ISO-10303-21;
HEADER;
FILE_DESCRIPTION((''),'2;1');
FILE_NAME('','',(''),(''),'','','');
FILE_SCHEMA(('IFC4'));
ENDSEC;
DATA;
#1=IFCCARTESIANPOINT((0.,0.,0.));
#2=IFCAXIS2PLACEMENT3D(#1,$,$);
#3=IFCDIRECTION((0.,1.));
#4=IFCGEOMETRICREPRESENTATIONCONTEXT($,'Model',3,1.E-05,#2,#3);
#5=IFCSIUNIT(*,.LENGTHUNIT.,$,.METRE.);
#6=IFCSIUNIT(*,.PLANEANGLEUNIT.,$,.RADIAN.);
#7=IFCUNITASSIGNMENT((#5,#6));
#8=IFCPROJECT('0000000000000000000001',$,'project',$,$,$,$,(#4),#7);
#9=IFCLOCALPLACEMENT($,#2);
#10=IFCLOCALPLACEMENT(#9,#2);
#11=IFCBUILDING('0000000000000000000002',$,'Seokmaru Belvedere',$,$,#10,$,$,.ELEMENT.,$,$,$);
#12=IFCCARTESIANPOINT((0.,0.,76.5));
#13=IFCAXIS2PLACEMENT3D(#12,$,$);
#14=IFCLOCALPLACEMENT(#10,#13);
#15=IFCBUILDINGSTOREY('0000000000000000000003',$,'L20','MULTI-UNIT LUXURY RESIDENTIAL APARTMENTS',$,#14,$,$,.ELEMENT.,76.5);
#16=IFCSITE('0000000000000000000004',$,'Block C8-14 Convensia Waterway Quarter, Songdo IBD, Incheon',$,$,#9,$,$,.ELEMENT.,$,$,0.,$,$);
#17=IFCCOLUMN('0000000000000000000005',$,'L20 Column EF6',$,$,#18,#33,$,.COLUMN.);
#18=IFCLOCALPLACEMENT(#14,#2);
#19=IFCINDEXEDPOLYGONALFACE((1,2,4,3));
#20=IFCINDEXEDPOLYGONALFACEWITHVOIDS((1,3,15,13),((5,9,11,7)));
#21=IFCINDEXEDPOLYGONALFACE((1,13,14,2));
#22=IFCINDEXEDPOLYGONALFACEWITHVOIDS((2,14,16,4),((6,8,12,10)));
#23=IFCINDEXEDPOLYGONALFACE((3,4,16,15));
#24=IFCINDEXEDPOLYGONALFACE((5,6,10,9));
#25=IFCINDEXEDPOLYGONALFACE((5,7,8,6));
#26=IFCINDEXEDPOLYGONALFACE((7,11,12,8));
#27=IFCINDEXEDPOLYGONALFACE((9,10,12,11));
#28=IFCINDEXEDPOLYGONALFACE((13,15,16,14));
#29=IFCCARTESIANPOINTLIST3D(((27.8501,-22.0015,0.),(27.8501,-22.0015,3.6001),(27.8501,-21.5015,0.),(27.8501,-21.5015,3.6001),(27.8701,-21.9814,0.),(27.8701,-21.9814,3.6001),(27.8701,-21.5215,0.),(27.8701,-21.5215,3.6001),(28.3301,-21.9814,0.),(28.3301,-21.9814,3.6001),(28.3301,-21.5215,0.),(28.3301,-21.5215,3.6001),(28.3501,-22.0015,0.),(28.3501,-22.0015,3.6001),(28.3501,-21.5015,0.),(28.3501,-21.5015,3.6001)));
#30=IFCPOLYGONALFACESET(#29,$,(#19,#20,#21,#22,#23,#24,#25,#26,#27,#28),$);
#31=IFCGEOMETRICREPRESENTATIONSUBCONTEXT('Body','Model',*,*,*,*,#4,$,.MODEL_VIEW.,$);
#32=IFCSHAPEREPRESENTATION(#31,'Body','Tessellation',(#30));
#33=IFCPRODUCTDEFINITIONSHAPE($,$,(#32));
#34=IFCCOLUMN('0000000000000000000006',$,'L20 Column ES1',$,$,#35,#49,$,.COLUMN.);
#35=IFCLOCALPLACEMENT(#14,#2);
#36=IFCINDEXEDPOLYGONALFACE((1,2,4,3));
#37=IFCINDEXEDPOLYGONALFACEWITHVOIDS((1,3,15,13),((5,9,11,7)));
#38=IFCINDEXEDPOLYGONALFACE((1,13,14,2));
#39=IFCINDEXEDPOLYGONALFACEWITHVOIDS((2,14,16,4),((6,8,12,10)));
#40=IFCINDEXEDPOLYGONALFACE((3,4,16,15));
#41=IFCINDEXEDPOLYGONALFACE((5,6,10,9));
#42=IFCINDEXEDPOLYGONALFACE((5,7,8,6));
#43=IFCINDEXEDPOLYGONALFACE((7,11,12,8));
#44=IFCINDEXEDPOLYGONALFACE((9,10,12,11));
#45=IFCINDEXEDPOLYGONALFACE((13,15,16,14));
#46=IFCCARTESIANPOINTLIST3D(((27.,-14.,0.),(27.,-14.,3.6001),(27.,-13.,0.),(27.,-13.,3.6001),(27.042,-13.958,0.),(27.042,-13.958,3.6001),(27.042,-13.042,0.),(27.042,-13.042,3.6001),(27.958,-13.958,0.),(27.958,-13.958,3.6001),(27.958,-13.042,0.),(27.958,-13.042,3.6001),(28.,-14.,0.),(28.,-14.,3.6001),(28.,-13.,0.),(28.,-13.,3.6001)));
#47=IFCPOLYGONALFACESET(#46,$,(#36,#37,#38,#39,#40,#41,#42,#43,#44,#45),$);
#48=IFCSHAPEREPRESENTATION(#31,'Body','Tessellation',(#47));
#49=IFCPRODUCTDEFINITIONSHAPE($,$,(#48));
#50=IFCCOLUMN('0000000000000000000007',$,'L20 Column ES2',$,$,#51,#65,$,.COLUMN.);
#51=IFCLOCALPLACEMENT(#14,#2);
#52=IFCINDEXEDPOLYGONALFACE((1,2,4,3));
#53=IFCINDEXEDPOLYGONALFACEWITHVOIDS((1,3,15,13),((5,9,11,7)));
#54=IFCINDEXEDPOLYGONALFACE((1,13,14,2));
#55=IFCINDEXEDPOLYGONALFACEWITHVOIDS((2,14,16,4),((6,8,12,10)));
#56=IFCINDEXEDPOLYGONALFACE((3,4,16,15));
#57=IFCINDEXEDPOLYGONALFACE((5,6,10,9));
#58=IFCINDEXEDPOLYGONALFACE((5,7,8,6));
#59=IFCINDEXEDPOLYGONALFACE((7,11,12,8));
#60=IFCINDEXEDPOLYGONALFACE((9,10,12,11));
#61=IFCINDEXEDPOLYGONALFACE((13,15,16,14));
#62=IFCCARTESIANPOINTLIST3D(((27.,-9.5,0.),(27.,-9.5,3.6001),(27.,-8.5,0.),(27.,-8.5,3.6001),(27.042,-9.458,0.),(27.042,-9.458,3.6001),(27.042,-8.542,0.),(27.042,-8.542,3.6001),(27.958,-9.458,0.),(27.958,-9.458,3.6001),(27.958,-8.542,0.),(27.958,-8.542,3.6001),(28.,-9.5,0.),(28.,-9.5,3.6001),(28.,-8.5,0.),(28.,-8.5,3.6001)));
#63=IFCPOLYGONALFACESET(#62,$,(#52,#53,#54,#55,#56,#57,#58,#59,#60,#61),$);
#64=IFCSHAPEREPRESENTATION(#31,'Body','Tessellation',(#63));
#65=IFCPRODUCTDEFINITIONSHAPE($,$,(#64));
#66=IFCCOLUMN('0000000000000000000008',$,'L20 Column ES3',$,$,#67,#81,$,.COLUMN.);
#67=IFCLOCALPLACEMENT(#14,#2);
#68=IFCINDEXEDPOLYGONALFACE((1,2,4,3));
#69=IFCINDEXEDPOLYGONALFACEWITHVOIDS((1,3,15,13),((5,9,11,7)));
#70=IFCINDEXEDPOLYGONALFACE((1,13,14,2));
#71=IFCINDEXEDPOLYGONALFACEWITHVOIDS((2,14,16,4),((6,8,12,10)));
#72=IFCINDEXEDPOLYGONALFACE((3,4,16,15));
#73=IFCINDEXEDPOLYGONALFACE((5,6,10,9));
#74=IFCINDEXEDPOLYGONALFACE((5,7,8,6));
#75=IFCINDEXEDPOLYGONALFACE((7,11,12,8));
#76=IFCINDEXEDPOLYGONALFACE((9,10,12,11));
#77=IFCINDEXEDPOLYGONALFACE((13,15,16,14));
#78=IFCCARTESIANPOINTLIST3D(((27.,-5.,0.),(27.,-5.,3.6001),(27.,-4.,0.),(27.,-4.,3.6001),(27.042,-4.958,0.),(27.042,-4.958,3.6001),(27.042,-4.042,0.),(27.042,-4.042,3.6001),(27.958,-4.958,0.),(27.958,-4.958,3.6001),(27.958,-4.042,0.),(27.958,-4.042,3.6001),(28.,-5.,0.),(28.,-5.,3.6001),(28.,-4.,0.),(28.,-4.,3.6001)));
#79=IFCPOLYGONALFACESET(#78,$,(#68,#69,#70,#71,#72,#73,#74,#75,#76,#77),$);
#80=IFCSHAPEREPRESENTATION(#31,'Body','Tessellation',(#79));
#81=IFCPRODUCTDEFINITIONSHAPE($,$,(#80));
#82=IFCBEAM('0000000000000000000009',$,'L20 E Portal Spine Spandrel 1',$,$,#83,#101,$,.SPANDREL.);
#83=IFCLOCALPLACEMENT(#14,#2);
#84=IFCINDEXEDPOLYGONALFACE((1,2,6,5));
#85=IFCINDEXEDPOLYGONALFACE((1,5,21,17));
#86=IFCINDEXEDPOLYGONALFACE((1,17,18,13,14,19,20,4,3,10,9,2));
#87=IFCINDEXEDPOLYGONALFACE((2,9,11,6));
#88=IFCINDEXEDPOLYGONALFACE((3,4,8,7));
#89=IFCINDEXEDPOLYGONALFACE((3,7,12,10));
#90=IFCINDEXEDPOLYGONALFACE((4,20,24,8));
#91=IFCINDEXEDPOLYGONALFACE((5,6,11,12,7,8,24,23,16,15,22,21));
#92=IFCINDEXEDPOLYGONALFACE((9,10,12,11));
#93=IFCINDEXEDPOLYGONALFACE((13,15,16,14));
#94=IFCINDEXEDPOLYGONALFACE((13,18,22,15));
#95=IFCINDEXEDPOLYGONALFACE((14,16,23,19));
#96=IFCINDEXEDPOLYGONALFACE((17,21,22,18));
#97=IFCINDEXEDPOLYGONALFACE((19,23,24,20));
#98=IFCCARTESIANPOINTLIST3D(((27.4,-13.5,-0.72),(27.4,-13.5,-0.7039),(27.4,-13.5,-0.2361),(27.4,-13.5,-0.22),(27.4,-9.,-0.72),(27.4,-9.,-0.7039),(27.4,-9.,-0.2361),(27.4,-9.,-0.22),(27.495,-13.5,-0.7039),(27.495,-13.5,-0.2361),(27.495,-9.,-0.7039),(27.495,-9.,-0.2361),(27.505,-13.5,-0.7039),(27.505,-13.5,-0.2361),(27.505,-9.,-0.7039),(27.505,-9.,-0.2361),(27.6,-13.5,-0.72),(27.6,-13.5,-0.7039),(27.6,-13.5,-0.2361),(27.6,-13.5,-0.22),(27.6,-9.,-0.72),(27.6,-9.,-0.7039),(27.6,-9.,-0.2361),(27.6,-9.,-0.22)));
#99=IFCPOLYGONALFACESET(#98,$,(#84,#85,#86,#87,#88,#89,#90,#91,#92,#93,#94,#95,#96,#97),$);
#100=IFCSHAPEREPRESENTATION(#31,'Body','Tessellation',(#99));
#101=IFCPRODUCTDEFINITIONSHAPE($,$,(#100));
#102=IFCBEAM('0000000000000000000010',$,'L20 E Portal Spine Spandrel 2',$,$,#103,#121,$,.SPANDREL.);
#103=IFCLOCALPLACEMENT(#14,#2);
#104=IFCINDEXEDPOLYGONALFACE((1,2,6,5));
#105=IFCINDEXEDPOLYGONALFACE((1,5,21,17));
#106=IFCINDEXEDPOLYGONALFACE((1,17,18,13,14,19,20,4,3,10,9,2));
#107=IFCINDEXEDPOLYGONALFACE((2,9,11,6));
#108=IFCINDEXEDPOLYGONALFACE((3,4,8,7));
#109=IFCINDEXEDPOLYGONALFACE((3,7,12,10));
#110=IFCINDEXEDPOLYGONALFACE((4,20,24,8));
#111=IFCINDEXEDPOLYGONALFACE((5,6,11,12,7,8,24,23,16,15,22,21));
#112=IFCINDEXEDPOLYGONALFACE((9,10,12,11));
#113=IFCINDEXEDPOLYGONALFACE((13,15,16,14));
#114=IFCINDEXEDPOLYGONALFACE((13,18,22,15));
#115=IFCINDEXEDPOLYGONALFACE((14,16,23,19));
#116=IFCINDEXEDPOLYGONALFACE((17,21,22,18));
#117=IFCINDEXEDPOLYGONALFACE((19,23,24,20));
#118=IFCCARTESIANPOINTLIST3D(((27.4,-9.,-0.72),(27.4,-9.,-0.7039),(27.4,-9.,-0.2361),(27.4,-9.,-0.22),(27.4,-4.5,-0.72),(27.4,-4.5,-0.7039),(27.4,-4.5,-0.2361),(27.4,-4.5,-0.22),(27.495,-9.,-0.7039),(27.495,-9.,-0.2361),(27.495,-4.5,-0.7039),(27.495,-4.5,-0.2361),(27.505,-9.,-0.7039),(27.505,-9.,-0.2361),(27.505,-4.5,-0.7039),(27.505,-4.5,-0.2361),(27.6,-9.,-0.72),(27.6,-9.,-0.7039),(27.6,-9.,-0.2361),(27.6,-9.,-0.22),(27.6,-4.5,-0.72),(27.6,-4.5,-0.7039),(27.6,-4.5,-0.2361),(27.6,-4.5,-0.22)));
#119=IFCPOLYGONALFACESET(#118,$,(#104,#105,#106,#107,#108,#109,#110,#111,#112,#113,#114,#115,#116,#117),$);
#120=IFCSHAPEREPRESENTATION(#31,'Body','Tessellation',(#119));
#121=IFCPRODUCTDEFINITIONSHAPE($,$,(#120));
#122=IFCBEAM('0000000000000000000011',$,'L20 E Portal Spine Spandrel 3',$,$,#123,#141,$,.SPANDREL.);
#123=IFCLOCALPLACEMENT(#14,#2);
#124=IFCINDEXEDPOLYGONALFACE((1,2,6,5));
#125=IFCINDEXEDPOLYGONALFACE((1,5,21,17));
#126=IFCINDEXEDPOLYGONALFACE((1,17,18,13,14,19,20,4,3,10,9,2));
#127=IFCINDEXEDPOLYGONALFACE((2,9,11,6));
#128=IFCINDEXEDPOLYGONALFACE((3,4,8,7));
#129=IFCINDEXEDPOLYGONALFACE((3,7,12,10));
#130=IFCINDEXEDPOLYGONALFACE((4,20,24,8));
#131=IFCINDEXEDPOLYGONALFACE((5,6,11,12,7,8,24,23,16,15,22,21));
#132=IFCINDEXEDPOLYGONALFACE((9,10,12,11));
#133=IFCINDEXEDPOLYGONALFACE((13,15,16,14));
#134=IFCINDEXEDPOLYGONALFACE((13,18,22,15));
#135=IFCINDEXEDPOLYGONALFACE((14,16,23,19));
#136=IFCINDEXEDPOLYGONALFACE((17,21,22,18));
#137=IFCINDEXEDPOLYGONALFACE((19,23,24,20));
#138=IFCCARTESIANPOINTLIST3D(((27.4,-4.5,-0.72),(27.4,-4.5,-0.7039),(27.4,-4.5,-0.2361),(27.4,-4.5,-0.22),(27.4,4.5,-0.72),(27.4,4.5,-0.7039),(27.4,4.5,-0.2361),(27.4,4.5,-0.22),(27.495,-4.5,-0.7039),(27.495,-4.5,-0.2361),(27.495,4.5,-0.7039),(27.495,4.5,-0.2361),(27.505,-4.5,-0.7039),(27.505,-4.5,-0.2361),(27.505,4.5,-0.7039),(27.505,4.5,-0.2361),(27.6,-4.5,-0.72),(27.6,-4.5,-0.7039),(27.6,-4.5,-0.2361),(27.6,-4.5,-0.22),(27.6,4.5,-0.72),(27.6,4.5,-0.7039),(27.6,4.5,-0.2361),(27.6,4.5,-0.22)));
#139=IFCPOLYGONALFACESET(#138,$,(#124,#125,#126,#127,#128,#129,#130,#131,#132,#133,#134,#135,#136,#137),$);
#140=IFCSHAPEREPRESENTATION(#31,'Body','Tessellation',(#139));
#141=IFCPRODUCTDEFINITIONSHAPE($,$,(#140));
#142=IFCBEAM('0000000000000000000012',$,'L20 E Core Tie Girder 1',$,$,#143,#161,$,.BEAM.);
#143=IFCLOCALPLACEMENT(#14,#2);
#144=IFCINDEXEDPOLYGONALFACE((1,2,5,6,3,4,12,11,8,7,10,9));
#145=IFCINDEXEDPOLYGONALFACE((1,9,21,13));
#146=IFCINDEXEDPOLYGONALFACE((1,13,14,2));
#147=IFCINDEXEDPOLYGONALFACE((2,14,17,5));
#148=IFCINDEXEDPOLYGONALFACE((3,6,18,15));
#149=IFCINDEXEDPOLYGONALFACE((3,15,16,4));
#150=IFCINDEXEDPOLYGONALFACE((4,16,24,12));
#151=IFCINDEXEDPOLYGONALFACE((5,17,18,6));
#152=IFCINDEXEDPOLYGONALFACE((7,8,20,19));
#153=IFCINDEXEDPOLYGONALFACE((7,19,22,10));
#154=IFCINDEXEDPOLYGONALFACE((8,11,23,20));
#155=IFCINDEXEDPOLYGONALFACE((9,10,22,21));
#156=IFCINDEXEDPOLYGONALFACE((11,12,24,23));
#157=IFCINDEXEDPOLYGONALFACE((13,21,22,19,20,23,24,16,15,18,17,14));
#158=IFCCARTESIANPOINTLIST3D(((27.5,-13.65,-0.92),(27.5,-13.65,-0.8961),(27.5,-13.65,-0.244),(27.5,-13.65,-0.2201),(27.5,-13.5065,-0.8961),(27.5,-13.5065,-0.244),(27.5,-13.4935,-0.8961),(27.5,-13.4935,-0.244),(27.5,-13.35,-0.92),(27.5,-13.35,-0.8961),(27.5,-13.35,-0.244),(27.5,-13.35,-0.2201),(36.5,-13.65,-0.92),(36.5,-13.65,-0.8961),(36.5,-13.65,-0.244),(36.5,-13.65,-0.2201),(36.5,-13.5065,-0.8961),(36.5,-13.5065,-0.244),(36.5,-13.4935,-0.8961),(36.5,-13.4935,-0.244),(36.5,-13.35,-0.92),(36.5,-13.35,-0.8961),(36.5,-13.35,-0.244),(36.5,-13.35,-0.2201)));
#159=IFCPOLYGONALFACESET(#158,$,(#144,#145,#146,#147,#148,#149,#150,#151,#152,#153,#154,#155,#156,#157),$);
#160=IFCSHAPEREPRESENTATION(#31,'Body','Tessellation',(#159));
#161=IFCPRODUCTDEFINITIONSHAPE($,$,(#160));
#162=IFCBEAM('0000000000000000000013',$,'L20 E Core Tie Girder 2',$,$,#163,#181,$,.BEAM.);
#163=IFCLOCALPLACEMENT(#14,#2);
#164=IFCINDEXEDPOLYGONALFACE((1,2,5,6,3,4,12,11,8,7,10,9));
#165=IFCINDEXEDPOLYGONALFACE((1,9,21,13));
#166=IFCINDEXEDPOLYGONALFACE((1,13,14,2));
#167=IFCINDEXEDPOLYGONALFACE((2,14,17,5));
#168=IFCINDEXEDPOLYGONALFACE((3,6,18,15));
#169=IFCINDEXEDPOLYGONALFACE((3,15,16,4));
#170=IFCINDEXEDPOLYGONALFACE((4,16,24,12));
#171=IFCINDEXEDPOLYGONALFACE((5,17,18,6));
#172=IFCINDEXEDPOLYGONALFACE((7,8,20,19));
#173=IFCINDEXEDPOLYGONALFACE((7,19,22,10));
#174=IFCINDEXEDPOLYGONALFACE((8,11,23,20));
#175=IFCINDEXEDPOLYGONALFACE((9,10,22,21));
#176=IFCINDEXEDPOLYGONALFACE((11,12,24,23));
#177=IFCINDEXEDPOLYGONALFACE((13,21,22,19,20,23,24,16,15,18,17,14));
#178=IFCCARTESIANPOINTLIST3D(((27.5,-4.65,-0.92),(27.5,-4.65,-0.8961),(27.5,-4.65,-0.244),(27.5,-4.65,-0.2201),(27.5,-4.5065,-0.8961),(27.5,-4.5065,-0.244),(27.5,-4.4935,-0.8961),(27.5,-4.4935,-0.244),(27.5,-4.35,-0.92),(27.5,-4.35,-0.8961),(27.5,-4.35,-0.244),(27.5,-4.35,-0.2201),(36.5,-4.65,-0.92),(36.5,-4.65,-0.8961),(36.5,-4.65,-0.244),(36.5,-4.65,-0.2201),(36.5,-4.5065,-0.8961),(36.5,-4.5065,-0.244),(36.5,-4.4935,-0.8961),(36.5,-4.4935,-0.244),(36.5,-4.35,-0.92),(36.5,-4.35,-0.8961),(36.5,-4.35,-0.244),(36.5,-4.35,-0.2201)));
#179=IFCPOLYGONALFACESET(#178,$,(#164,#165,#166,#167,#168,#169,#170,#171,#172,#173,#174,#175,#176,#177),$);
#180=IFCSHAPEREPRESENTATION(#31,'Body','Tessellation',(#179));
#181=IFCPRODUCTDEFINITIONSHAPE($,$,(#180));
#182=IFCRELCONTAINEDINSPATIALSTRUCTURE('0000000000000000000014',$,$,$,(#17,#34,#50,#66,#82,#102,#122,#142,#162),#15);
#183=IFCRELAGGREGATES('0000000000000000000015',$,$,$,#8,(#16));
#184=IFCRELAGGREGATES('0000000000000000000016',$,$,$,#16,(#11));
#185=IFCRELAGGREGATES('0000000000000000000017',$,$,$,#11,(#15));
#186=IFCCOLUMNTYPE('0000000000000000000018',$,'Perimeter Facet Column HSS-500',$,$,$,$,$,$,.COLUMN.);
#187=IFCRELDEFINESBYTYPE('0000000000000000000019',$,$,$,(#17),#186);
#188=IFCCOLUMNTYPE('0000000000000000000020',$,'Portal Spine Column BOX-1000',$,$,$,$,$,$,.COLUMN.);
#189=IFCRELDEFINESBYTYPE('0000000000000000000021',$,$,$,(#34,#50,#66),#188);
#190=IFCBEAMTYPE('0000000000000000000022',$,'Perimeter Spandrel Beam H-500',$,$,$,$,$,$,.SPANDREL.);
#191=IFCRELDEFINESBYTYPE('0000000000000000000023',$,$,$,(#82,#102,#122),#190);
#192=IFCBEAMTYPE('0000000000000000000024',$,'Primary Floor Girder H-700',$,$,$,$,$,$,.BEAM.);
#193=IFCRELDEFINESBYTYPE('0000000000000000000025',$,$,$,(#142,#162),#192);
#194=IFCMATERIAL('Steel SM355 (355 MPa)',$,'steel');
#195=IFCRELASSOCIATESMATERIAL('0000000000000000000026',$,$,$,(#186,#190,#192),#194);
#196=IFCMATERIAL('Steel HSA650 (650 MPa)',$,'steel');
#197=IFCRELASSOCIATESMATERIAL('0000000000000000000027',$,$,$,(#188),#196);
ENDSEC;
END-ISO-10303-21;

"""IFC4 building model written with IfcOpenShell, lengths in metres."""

from ifc_helpers import new_model, si_unit, direction, frame, origin, origin_2d, place, context, subcontext, project, spatial, hollow_rectangle, i_section, extrude, source, transform, mapped, material, material_profile, profile_set, type_object, type_shapes, element, save


model = new_model("IFC4")

# Units and contexts
model_context = context("Model", 3, precision=1e-05, world=origin(), true_north=direction((0.0, 1.0)))
body_context = subcontext(model_context, "Body", "Model", "MODEL_VIEW")
ifc_project = project(units=[si_unit("LENGTHUNIT", "METRE"), si_unit("PLANEANGLEUNIT", "RADIAN")], contexts=[model_context])

# Site, building, storey
site_placement = place(None, origin())
site = spatial("IfcSite", under=ifc_project, at=site_placement, Name="Block C8-14 Convensia Waterway Quarter, Songdo IBD, Incheon", CompositionType="ELEMENT", RefElevation=0.0)
building_placement = place(site_placement, origin())
building = spatial("IfcBuilding", under=site, at=building_placement, Name="Seokmaru Belvedere", CompositionType="ELEMENT")
storey_placement = place(building_placement, frame((0.0, 0.0, 76.5)))
storey = spatial("IfcBuildingStorey", under=building, at=storey_placement, Name="L20", Description="MULTI-UNIT LUXURY RESIDENTIAL APARTMENTS", CompositionType="ELEMENT", Elevation=76.5)

# Columns
ifc_material_1 = material(Name="Steel SM355 (355 MPa)", Category="steel")
ifc_material_profile_1 = material_profile(ifc_material_1, hollow_rectangle(XDim=0.5, YDim=0.5, WallThickness=0.02, at=origin_2d()), Name="HSS-500x500x20")
ifc_profile_set_1 = profile_set([ifc_material_profile_1], Name="Steel SM355 (355 MPa)")
column_type_1 = type_object("IfcColumnType", Name="Perimeter Facet Column HSS-500", PredefinedType="COLUMN", material=ifc_profile_set_1)
shared_shape_1 = source(origin(), body_context, "Body", "SweptSolid", [
    extrude(hollow_rectangle(XDim=0.5, YDim=0.5, WallThickness=0.02, at=origin_2d()), origin(), (0.0, 0.0, 1.0), 3.6001),
])
type_shapes(column_type_1, [shared_shape_1])
column_placement = place(storey_placement, frame((28.1001, -21.7515, 0.0), z_axis=(0.0, 0.0, 1.0), x_axis=(1.0, 0.0, 0.0)))
element("IfcColumn", 1, at=column_placement, inside=storey, type_object=column_type_1, Name="L20 Column EF6", PredefinedType="COLUMN", context=body_context, shape_type="MappedRepresentation", body=[
    mapped(shared_shape_1, transform((0.0, 0.0, 0.0), scale=1.0)),
])
ifc_material_2 = material(Name="Steel HSA650 (650 MPa)", Category="steel")
ifc_material_profile_2 = material_profile(ifc_material_2, hollow_rectangle(XDim=1.0, YDim=1.0, WallThickness=0.042, at=origin_2d()), Name="BOX-1000x1000x42")
ifc_profile_set_2 = profile_set([ifc_material_profile_2], Name="Steel HSA650 (650 MPa)")
column_type_2 = type_object("IfcColumnType", Name="Portal Spine Column BOX-1000", PredefinedType="COLUMN", material=ifc_profile_set_2)
shared_shape_2 = source(origin(), body_context, "Body", "SweptSolid", [
    extrude(hollow_rectangle(XDim=1.0, YDim=1.0, WallThickness=0.042, at=origin_2d()), origin(), (0.0, 0.0, 1.0), 3.6001),
])
type_shapes(column_type_2, [shared_shape_2])
for number, where, z_axis, x_axis, name in (
    (2, (27.5, -13.5, 0.0), (0.0, 0.0, 1.0), (1.0, 0.0, 0.0), "L20 Column ES1"),
    (3, (27.5, -9.0, 0.0), (0.0, 0.0, 1.0), (1.0, 0.0, 0.0), "L20 Column ES2"),
    (4, (27.5, -4.5, 0.0), (0.0, 0.0, 1.0), (1.0, 0.0, 0.0), "L20 Column ES3"),
):
    element("IfcColumn", number, at=place(storey_placement, frame(where, z_axis=z_axis, x_axis=x_axis)), inside=storey, type_object=column_type_2, Name=name, PredefinedType="COLUMN", context=body_context, shape_type="MappedRepresentation", body=[
        mapped(shared_shape_2, transform((0.0, 0.0, 0.0), scale=1.0)),
    ])

# Beams
ifc_material_profile_3 = material_profile(ifc_material_1, i_section(OverallWidth=0.2, OverallDepth=0.5, WebThickness=0.01, FlangeThickness=0.0161, at=origin_2d()), Name="H-500x200x10x16")
ifc_profile_set_3 = profile_set([ifc_material_profile_3], Name="Steel SM355 (355 MPa)")
beam_type_1 = type_object("IfcBeamType", Name="Perimeter Spandrel Beam H-500", PredefinedType="SPANDREL", material=ifc_profile_set_3)
shared_shape_3 = source(origin(), body_context, "Body", "SweptSolid", [
    extrude(i_section(OverallWidth=0.2, OverallDepth=0.5, WebThickness=0.01, FlangeThickness=0.0161, at=origin_2d()), origin(), (0.0, 0.0, 1.0), 4.5),
])
for number, where, z_axis, x_axis, name in (
    (5, (27.5, -13.5, -0.47), (0.0, 1.0, 0.0), (-1.0, 0.0, 0.0), "L20 E Portal Spine Spandrel 1"),
    (6, (27.5, -9.0, -0.47), (0.0, 1.0, 0.0), (-1.0, 0.0, 0.0), "L20 E Portal Spine Spandrel 2"),
):
    element("IfcBeam", number, at=place(storey_placement, frame(where, z_axis=z_axis, x_axis=x_axis)), inside=storey, type_object=beam_type_1, Name=name, PredefinedType="SPANDREL", context=body_context, shape_type="MappedRepresentation", body=[
        mapped(shared_shape_3, transform((0.0, 0.0, 0.0), scale=1.0)),
    ])
shared_shape_4 = source(origin(), body_context, "Body", "SweptSolid", [
    extrude(i_section(OverallWidth=0.2, OverallDepth=0.5, WebThickness=0.01, FlangeThickness=0.0161, at=origin_2d()), origin(), (0.0, 0.0, 1.0), 9.0),
])
beam_1_placement = place(storey_placement, frame((27.5, -4.5, -0.47), z_axis=(0.0, 1.0, 0.0), x_axis=(-1.0, 0.0, 0.0)))
element("IfcBeam", 7, at=beam_1_placement, inside=storey, type_object=beam_type_1, Name="L20 E Portal Spine Spandrel 3", PredefinedType="SPANDREL", context=body_context, shape_type="MappedRepresentation", body=[
    mapped(shared_shape_4, transform((0.0, 0.0, 0.0), scale=1.0)),
])
ifc_material_profile_4 = material_profile(ifc_material_1, i_section(OverallWidth=0.3, OverallDepth=0.7, WebThickness=0.0129, FlangeThickness=0.0239, at=origin_2d()), Name="H-700x300x13x24")
ifc_profile_set_4 = profile_set([ifc_material_profile_4], Name="Steel SM355 (355 MPa)")
beam_type_2 = type_object("IfcBeamType", Name="Primary Floor Girder H-700", PredefinedType="BEAM", material=ifc_profile_set_4)
shared_shape_5 = source(origin(), body_context, "Body", "SweptSolid", [
    extrude(i_section(OverallWidth=0.3, OverallDepth=0.7, WebThickness=0.0129, FlangeThickness=0.0239, at=origin_2d()), origin(), (0.0, 0.0, 1.0), 9.0),
])
type_shapes(beam_type_2, [shared_shape_5])
for number, where, z_axis, x_axis, name in (
    (8, (27.5, -13.5, -0.5701), (1.0, 0.0, 0.0), (0.0, 1.0, 0.0), "L20 E Core Tie Girder 1"),
    (9, (27.5, -4.5, -0.5701), (1.0, 0.0, 0.0), (0.0, 1.0, 0.0), "L20 E Core Tie Girder 2"),
):
    element("IfcBeam", number, at=place(storey_placement, frame(where, z_axis=z_axis, x_axis=x_axis)), inside=storey, type_object=beam_type_2, Name=name, PredefinedType="BEAM", context=body_context, shape_type="MappedRepresentation", body=[
        mapped(shared_shape_5, transform((0.0, 0.0, 0.0), scale=1.0)),
    ])

save(model, "model.ifc")
